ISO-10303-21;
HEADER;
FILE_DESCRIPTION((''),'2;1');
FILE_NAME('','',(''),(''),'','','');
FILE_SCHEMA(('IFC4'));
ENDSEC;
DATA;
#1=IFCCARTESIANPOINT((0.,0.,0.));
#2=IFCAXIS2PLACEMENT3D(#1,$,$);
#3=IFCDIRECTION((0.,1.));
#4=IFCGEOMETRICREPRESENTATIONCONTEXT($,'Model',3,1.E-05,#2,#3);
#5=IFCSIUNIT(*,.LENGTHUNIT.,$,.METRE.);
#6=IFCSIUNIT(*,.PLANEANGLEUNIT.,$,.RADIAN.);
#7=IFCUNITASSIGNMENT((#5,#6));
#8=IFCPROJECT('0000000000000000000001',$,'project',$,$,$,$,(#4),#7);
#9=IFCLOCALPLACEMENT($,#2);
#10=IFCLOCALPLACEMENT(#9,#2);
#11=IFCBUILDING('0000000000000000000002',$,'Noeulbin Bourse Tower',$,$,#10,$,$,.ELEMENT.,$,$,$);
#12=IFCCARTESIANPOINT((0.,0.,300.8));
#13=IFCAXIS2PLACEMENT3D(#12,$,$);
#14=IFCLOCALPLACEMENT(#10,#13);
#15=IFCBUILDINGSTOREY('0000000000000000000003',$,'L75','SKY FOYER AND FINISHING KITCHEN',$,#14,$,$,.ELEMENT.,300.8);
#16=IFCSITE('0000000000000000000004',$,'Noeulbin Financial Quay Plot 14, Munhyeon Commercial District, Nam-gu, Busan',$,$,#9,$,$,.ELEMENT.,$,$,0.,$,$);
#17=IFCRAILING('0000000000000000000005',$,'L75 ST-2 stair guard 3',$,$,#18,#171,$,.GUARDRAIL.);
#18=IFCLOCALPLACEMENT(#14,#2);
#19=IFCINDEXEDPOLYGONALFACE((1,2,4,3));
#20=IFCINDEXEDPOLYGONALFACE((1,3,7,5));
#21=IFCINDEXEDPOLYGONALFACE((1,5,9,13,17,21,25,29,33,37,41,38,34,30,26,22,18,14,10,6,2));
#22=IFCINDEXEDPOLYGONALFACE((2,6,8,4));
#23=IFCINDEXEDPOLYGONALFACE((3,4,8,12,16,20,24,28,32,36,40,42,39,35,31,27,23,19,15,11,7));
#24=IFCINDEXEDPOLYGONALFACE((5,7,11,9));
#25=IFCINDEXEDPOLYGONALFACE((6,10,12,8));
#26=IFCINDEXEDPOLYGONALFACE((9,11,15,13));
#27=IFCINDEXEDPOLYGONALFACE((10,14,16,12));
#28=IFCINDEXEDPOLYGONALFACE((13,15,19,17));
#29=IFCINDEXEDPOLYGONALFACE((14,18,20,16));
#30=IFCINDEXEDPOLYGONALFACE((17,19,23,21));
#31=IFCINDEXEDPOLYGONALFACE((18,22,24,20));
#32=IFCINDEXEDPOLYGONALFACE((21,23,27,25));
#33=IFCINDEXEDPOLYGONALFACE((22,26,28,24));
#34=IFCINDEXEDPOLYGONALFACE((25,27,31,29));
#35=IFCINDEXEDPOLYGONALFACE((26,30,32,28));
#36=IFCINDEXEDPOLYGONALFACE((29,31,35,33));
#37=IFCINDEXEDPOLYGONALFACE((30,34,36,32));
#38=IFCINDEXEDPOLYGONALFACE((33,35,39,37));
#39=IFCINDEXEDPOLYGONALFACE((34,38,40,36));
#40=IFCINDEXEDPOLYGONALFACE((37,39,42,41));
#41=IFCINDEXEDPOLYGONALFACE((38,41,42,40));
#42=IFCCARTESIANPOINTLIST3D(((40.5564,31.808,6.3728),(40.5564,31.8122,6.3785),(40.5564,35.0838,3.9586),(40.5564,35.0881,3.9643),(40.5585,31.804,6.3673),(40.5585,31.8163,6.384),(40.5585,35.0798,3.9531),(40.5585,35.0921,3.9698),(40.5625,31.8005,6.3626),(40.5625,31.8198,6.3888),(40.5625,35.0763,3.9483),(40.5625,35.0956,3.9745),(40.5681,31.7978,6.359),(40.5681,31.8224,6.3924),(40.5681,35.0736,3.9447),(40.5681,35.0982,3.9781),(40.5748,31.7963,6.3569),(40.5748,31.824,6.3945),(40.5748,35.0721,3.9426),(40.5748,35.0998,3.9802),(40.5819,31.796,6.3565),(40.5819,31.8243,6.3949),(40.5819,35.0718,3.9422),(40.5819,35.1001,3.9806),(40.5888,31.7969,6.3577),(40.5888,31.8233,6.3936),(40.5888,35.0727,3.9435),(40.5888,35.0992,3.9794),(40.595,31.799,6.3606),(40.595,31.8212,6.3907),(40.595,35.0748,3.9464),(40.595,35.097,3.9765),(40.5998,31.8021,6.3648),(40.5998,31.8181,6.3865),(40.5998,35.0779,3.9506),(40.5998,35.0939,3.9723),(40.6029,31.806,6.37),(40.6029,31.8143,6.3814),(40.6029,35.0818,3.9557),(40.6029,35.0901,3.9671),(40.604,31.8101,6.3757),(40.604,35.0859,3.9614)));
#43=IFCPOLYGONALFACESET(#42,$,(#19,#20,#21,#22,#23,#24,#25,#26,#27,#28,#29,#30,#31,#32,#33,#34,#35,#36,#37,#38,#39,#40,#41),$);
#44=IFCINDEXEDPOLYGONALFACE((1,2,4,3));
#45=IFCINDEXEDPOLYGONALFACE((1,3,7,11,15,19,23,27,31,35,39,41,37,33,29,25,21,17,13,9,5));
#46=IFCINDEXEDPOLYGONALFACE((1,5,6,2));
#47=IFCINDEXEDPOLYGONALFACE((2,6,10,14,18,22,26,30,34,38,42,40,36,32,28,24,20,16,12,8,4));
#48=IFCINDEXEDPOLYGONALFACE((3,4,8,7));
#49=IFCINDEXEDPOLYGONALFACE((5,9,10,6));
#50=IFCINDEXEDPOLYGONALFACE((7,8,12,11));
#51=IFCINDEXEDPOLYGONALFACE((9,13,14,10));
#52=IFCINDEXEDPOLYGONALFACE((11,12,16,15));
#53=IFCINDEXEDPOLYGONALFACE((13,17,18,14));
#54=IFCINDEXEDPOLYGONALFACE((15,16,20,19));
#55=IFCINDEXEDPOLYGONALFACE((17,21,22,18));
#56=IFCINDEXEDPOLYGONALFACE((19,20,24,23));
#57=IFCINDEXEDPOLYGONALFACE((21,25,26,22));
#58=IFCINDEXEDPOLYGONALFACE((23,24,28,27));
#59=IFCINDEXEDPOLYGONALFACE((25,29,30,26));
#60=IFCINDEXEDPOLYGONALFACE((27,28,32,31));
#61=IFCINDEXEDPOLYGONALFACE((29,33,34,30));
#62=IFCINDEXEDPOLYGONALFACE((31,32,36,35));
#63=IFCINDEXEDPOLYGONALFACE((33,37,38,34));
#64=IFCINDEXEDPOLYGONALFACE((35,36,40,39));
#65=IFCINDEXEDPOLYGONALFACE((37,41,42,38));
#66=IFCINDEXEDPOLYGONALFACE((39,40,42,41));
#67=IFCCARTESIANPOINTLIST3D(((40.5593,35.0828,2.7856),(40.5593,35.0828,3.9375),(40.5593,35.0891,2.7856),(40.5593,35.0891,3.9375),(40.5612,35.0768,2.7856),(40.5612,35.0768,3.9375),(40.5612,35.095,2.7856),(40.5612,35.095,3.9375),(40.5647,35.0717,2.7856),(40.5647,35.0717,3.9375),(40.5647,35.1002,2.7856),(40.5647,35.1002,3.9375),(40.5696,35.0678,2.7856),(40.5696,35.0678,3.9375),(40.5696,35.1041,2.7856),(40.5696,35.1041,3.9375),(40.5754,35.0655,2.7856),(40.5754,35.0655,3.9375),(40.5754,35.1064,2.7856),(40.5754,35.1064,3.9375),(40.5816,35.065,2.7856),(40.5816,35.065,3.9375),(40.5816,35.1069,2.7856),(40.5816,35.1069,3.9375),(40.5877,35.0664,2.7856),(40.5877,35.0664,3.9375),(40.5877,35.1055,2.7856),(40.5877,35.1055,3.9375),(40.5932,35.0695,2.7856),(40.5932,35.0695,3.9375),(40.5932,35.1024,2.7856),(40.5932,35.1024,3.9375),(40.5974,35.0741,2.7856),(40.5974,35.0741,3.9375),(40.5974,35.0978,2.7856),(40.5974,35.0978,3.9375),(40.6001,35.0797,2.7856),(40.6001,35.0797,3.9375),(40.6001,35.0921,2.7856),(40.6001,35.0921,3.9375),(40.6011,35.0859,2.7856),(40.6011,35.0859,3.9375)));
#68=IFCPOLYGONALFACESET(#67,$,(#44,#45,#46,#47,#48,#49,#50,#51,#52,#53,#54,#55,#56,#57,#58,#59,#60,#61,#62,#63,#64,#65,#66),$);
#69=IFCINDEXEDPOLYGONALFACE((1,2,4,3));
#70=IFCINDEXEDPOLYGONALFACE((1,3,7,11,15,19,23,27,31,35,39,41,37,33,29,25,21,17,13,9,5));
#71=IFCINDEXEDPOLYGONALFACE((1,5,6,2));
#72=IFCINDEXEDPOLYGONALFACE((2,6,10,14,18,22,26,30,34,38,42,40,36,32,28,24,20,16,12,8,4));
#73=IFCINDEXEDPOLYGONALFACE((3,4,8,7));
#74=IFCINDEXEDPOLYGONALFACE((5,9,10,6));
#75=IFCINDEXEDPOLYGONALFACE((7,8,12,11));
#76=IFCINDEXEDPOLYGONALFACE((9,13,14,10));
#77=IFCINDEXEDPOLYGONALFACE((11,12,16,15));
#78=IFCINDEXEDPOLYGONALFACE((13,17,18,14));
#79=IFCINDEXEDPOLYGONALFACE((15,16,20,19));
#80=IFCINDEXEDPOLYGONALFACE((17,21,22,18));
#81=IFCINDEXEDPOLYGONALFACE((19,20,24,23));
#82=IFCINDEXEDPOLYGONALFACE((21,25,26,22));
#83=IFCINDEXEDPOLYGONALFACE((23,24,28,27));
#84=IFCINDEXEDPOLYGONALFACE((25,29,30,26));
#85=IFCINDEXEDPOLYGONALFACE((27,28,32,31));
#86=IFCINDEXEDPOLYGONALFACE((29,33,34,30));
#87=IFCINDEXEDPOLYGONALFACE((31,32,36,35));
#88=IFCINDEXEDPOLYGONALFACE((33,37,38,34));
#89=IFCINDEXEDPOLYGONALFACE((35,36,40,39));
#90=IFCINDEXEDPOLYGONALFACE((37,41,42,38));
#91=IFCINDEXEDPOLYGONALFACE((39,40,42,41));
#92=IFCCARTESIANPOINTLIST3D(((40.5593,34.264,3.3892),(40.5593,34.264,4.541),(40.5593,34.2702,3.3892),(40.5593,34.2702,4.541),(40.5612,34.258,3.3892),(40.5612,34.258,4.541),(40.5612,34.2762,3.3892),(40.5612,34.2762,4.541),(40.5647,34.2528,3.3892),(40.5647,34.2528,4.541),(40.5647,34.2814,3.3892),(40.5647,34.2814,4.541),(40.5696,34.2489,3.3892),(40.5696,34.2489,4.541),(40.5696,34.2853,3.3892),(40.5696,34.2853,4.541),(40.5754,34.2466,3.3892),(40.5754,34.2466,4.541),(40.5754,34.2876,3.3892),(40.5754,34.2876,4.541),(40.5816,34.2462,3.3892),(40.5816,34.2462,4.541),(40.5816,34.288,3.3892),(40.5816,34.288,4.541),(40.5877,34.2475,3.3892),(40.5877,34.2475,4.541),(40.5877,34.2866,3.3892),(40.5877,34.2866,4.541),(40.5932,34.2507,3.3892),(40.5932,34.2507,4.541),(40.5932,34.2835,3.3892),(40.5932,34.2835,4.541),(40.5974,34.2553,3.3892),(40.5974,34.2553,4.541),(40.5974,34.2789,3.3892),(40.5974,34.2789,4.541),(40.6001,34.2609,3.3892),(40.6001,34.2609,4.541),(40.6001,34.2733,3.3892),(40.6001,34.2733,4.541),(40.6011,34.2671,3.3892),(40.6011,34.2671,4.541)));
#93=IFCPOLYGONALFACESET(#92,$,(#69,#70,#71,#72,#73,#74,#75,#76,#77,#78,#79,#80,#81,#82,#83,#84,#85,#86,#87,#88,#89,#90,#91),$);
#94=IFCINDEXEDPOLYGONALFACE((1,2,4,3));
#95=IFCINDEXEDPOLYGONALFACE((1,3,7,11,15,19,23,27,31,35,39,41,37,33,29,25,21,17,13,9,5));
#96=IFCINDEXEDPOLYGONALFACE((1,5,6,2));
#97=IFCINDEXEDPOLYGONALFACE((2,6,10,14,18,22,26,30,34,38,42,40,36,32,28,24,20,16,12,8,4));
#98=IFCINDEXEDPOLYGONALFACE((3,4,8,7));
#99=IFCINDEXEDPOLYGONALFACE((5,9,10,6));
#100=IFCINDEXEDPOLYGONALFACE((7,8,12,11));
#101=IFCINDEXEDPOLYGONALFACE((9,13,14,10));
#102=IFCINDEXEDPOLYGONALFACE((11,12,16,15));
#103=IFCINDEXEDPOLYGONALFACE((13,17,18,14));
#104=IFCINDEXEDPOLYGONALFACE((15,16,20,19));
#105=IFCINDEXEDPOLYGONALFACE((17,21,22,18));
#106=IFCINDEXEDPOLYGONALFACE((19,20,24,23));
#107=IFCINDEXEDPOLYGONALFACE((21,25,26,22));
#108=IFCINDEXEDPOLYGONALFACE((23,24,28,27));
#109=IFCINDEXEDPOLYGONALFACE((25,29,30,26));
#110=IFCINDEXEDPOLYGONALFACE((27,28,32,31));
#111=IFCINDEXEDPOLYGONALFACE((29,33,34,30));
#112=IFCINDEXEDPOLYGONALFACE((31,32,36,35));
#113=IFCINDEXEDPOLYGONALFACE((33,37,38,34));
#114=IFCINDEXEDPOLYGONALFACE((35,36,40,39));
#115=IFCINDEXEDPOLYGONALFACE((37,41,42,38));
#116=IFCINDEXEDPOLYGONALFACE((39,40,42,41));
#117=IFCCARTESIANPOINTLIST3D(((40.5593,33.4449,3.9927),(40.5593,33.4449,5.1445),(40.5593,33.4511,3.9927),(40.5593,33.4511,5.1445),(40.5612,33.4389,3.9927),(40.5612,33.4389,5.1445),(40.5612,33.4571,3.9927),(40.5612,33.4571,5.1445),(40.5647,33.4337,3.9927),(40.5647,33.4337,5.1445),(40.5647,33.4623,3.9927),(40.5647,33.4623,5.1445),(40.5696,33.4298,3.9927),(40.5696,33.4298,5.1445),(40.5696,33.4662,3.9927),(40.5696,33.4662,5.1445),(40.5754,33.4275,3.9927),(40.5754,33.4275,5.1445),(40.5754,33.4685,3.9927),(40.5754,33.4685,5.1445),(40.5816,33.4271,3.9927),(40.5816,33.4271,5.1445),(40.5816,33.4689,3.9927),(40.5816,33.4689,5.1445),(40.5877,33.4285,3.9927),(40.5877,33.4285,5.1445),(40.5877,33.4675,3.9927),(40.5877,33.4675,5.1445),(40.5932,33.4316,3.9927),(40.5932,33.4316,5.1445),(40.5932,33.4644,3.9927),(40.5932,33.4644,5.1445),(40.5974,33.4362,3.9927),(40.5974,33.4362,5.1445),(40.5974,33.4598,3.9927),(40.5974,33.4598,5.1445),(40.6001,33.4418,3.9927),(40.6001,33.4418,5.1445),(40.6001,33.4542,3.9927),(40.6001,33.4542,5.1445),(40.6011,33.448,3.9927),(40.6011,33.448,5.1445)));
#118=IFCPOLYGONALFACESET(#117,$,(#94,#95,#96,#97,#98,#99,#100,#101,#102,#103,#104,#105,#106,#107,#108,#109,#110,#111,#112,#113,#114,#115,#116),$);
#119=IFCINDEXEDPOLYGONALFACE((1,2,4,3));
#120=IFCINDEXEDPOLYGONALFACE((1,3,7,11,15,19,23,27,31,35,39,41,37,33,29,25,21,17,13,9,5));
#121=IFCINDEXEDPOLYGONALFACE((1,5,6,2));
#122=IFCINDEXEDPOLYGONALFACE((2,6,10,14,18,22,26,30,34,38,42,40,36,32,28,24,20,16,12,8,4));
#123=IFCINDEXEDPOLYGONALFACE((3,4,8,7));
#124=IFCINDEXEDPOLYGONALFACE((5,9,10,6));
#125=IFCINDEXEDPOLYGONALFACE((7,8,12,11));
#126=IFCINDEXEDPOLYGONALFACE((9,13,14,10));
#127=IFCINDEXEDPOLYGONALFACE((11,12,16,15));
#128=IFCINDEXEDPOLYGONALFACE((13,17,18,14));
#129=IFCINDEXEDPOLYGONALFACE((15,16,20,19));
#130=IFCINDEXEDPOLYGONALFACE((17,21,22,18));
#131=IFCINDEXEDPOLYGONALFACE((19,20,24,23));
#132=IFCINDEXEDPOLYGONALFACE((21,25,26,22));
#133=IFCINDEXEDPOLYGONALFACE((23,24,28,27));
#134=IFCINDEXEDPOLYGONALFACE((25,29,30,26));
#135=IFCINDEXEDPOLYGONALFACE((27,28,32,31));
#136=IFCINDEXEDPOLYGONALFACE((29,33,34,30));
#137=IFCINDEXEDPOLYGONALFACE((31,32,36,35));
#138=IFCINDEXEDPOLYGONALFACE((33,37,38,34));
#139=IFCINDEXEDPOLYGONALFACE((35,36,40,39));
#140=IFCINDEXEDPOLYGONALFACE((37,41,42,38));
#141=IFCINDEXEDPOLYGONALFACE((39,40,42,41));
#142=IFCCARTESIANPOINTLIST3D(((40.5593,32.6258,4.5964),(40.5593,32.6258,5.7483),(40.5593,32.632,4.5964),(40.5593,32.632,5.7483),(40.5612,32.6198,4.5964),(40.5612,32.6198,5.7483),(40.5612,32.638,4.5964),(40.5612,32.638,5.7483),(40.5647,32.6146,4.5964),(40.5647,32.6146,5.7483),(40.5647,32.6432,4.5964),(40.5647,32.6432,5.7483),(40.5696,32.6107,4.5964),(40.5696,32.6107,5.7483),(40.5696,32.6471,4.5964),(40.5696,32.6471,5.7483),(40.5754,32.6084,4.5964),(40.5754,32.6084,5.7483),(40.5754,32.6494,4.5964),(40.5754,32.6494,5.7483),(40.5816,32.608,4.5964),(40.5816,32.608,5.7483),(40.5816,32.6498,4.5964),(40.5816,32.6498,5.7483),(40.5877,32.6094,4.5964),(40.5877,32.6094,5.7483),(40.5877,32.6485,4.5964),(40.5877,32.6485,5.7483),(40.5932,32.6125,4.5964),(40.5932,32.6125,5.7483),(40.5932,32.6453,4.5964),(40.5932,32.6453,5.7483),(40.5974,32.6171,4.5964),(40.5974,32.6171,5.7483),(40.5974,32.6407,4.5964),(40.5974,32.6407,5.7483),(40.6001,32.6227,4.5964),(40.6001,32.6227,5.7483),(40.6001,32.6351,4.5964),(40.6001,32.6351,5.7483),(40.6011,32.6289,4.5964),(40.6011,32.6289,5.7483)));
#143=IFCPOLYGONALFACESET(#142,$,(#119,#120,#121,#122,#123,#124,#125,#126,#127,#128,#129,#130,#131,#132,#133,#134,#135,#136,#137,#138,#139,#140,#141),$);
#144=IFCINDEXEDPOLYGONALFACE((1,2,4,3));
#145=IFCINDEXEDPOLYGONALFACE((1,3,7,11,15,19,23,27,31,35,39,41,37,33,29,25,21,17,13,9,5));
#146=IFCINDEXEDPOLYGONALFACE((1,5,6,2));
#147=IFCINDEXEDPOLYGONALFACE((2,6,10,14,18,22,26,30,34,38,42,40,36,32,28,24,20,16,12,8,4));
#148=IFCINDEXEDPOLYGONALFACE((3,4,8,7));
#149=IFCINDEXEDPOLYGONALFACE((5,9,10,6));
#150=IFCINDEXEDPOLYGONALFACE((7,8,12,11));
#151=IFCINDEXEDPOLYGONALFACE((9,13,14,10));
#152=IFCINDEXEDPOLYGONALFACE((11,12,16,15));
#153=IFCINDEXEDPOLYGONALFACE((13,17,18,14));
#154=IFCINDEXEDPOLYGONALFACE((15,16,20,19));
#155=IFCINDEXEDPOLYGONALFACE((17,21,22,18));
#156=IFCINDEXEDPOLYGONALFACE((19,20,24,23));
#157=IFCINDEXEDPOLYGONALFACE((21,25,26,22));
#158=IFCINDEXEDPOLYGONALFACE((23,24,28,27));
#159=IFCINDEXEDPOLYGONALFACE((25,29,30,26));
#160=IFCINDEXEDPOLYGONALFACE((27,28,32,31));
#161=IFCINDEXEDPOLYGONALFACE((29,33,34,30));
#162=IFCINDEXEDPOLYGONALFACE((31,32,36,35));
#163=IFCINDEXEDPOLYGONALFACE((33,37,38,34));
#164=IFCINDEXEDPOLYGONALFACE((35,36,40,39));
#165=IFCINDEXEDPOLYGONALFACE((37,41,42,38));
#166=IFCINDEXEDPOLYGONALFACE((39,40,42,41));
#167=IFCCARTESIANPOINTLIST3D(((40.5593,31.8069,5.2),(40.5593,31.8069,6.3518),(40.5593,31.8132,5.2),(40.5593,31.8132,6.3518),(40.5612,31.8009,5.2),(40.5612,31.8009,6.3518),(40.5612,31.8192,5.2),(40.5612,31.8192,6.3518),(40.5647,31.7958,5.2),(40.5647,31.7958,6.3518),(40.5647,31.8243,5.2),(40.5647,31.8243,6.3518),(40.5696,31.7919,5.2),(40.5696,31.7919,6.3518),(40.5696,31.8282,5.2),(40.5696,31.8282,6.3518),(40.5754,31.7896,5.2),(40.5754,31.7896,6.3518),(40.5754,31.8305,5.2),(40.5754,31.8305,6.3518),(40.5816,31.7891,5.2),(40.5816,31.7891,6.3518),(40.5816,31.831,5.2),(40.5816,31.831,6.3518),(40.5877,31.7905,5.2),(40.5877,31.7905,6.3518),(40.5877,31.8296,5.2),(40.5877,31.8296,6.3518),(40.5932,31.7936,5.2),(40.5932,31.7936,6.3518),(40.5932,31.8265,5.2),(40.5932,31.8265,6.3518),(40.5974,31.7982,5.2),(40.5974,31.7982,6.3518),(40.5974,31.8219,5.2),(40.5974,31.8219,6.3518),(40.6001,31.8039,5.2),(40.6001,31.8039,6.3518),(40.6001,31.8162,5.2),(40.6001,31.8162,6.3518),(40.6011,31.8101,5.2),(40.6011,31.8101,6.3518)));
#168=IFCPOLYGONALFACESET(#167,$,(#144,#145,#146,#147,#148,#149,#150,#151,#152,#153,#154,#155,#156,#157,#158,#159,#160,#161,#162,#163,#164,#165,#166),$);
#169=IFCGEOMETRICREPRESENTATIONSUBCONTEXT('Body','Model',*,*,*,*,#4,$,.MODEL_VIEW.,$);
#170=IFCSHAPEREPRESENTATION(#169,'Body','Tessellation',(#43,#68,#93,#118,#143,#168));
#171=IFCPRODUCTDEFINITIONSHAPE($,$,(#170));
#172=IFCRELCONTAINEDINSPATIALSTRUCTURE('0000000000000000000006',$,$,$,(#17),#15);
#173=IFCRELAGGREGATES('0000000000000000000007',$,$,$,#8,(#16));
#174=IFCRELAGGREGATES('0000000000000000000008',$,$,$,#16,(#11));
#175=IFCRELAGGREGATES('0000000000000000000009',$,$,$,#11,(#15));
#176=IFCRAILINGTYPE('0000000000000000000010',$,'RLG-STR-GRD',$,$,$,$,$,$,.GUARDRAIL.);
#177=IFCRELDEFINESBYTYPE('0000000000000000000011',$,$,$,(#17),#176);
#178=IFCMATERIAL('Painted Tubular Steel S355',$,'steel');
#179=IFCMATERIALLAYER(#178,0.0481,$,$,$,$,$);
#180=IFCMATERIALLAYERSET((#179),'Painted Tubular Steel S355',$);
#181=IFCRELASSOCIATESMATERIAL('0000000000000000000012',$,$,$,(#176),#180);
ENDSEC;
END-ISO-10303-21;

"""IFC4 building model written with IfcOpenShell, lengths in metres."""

from ifc_helpers import new_model, si_unit, direction, frame, origin, origin_2d, place, context, subcontext, project, spatial, circle, extrude, material, layer, layer_set, type_object, element, save


model = new_model("IFC4")

# Units and contexts
model_context = context("Model", 3, precision=1e-05, world=origin(), true_north=direction((0.0, 1.0)))
body_context = subcontext(model_context, "Body", "Model", "MODEL_VIEW")
ifc_project = project(units=[si_unit("LENGTHUNIT", "METRE"), si_unit("PLANEANGLEUNIT", "RADIAN")], contexts=[model_context])

# Site, building, storey
site_placement = place(None, origin())
site = spatial("IfcSite", under=ifc_project, at=site_placement, Name="Noeulbin Financial Quay Plot 14, Munhyeon Commercial District, Nam-gu, Busan", CompositionType="ELEMENT", RefElevation=0.0)
building_placement = place(site_placement, origin())
building = spatial("IfcBuilding", under=site, at=building_placement, Name="Noeulbin Bourse Tower", CompositionType="ELEMENT")
storey_placement = place(building_placement, frame((0.0, 0.0, 300.8)))
storey = spatial("IfcBuildingStorey", under=building, at=storey_placement, Name="L75", Description="SKY FOYER AND FINISHING KITCHEN", CompositionType="ELEMENT", Elevation=300.8)

# Railing
ifc_material_1 = material(Name="Painted Tubular Steel S355", Category="steel")
ifc_layer_1 = layer(ifc_material_1, 0.0481)
ifc_layer_set_1 = layer_set([ifc_layer_1], Name="Painted Tubular Steel S355")
railing_type_1 = type_object("IfcRailingType", Name="RLG-STR-GRD", PredefinedType="GUARDRAIL", material=ifc_layer_set_1)
railing_1_placement = place(storey_placement, frame((40.5801, 35.0859, 2.7856)))
element("IfcRailing", 1, at=railing_1_placement, inside=storey, type_object=railing_type_1, Name="L75 ST-2 stair guard 3", PredefinedType="GUARDRAIL", context=body_context, shape_type="SweptSolid", body=[
    extrude(circle(Radius=0.0239, at=origin_2d()), frame((0.0, 0.0, 1.1758), z_axis=(0.0, -0.804997, 0.593279), x_axis=(1.0, 0.0, 0.0)), (0.0, 0.0, 1.0), 4.0693),
    extrude(circle(Radius=0.021, at=origin_2d()), origin(), (0.0, 0.0, 1.0), 1.1519),
    extrude(circle(Radius=0.021, at=origin_2d()), frame((0.0, -0.8188, 0.6035)), (0.0, 0.0, 1.0), 1.1519),
    extrude(circle(Radius=0.021, at=origin_2d()), frame((0.0, -1.6379, 1.207)), (0.0, 0.0, 1.0), 1.1519),
    extrude(circle(Radius=0.021, at=origin_2d()), frame((0.0, -2.457, 1.8108)), (0.0, 0.0, 1.0), 1.1519),
    extrude(circle(Radius=0.021, at=origin_2d()), frame((0.0, -3.2759, 2.4143)), (0.0, 0.0, 1.0), 1.1519),
])

save(model, "model.ifc")
